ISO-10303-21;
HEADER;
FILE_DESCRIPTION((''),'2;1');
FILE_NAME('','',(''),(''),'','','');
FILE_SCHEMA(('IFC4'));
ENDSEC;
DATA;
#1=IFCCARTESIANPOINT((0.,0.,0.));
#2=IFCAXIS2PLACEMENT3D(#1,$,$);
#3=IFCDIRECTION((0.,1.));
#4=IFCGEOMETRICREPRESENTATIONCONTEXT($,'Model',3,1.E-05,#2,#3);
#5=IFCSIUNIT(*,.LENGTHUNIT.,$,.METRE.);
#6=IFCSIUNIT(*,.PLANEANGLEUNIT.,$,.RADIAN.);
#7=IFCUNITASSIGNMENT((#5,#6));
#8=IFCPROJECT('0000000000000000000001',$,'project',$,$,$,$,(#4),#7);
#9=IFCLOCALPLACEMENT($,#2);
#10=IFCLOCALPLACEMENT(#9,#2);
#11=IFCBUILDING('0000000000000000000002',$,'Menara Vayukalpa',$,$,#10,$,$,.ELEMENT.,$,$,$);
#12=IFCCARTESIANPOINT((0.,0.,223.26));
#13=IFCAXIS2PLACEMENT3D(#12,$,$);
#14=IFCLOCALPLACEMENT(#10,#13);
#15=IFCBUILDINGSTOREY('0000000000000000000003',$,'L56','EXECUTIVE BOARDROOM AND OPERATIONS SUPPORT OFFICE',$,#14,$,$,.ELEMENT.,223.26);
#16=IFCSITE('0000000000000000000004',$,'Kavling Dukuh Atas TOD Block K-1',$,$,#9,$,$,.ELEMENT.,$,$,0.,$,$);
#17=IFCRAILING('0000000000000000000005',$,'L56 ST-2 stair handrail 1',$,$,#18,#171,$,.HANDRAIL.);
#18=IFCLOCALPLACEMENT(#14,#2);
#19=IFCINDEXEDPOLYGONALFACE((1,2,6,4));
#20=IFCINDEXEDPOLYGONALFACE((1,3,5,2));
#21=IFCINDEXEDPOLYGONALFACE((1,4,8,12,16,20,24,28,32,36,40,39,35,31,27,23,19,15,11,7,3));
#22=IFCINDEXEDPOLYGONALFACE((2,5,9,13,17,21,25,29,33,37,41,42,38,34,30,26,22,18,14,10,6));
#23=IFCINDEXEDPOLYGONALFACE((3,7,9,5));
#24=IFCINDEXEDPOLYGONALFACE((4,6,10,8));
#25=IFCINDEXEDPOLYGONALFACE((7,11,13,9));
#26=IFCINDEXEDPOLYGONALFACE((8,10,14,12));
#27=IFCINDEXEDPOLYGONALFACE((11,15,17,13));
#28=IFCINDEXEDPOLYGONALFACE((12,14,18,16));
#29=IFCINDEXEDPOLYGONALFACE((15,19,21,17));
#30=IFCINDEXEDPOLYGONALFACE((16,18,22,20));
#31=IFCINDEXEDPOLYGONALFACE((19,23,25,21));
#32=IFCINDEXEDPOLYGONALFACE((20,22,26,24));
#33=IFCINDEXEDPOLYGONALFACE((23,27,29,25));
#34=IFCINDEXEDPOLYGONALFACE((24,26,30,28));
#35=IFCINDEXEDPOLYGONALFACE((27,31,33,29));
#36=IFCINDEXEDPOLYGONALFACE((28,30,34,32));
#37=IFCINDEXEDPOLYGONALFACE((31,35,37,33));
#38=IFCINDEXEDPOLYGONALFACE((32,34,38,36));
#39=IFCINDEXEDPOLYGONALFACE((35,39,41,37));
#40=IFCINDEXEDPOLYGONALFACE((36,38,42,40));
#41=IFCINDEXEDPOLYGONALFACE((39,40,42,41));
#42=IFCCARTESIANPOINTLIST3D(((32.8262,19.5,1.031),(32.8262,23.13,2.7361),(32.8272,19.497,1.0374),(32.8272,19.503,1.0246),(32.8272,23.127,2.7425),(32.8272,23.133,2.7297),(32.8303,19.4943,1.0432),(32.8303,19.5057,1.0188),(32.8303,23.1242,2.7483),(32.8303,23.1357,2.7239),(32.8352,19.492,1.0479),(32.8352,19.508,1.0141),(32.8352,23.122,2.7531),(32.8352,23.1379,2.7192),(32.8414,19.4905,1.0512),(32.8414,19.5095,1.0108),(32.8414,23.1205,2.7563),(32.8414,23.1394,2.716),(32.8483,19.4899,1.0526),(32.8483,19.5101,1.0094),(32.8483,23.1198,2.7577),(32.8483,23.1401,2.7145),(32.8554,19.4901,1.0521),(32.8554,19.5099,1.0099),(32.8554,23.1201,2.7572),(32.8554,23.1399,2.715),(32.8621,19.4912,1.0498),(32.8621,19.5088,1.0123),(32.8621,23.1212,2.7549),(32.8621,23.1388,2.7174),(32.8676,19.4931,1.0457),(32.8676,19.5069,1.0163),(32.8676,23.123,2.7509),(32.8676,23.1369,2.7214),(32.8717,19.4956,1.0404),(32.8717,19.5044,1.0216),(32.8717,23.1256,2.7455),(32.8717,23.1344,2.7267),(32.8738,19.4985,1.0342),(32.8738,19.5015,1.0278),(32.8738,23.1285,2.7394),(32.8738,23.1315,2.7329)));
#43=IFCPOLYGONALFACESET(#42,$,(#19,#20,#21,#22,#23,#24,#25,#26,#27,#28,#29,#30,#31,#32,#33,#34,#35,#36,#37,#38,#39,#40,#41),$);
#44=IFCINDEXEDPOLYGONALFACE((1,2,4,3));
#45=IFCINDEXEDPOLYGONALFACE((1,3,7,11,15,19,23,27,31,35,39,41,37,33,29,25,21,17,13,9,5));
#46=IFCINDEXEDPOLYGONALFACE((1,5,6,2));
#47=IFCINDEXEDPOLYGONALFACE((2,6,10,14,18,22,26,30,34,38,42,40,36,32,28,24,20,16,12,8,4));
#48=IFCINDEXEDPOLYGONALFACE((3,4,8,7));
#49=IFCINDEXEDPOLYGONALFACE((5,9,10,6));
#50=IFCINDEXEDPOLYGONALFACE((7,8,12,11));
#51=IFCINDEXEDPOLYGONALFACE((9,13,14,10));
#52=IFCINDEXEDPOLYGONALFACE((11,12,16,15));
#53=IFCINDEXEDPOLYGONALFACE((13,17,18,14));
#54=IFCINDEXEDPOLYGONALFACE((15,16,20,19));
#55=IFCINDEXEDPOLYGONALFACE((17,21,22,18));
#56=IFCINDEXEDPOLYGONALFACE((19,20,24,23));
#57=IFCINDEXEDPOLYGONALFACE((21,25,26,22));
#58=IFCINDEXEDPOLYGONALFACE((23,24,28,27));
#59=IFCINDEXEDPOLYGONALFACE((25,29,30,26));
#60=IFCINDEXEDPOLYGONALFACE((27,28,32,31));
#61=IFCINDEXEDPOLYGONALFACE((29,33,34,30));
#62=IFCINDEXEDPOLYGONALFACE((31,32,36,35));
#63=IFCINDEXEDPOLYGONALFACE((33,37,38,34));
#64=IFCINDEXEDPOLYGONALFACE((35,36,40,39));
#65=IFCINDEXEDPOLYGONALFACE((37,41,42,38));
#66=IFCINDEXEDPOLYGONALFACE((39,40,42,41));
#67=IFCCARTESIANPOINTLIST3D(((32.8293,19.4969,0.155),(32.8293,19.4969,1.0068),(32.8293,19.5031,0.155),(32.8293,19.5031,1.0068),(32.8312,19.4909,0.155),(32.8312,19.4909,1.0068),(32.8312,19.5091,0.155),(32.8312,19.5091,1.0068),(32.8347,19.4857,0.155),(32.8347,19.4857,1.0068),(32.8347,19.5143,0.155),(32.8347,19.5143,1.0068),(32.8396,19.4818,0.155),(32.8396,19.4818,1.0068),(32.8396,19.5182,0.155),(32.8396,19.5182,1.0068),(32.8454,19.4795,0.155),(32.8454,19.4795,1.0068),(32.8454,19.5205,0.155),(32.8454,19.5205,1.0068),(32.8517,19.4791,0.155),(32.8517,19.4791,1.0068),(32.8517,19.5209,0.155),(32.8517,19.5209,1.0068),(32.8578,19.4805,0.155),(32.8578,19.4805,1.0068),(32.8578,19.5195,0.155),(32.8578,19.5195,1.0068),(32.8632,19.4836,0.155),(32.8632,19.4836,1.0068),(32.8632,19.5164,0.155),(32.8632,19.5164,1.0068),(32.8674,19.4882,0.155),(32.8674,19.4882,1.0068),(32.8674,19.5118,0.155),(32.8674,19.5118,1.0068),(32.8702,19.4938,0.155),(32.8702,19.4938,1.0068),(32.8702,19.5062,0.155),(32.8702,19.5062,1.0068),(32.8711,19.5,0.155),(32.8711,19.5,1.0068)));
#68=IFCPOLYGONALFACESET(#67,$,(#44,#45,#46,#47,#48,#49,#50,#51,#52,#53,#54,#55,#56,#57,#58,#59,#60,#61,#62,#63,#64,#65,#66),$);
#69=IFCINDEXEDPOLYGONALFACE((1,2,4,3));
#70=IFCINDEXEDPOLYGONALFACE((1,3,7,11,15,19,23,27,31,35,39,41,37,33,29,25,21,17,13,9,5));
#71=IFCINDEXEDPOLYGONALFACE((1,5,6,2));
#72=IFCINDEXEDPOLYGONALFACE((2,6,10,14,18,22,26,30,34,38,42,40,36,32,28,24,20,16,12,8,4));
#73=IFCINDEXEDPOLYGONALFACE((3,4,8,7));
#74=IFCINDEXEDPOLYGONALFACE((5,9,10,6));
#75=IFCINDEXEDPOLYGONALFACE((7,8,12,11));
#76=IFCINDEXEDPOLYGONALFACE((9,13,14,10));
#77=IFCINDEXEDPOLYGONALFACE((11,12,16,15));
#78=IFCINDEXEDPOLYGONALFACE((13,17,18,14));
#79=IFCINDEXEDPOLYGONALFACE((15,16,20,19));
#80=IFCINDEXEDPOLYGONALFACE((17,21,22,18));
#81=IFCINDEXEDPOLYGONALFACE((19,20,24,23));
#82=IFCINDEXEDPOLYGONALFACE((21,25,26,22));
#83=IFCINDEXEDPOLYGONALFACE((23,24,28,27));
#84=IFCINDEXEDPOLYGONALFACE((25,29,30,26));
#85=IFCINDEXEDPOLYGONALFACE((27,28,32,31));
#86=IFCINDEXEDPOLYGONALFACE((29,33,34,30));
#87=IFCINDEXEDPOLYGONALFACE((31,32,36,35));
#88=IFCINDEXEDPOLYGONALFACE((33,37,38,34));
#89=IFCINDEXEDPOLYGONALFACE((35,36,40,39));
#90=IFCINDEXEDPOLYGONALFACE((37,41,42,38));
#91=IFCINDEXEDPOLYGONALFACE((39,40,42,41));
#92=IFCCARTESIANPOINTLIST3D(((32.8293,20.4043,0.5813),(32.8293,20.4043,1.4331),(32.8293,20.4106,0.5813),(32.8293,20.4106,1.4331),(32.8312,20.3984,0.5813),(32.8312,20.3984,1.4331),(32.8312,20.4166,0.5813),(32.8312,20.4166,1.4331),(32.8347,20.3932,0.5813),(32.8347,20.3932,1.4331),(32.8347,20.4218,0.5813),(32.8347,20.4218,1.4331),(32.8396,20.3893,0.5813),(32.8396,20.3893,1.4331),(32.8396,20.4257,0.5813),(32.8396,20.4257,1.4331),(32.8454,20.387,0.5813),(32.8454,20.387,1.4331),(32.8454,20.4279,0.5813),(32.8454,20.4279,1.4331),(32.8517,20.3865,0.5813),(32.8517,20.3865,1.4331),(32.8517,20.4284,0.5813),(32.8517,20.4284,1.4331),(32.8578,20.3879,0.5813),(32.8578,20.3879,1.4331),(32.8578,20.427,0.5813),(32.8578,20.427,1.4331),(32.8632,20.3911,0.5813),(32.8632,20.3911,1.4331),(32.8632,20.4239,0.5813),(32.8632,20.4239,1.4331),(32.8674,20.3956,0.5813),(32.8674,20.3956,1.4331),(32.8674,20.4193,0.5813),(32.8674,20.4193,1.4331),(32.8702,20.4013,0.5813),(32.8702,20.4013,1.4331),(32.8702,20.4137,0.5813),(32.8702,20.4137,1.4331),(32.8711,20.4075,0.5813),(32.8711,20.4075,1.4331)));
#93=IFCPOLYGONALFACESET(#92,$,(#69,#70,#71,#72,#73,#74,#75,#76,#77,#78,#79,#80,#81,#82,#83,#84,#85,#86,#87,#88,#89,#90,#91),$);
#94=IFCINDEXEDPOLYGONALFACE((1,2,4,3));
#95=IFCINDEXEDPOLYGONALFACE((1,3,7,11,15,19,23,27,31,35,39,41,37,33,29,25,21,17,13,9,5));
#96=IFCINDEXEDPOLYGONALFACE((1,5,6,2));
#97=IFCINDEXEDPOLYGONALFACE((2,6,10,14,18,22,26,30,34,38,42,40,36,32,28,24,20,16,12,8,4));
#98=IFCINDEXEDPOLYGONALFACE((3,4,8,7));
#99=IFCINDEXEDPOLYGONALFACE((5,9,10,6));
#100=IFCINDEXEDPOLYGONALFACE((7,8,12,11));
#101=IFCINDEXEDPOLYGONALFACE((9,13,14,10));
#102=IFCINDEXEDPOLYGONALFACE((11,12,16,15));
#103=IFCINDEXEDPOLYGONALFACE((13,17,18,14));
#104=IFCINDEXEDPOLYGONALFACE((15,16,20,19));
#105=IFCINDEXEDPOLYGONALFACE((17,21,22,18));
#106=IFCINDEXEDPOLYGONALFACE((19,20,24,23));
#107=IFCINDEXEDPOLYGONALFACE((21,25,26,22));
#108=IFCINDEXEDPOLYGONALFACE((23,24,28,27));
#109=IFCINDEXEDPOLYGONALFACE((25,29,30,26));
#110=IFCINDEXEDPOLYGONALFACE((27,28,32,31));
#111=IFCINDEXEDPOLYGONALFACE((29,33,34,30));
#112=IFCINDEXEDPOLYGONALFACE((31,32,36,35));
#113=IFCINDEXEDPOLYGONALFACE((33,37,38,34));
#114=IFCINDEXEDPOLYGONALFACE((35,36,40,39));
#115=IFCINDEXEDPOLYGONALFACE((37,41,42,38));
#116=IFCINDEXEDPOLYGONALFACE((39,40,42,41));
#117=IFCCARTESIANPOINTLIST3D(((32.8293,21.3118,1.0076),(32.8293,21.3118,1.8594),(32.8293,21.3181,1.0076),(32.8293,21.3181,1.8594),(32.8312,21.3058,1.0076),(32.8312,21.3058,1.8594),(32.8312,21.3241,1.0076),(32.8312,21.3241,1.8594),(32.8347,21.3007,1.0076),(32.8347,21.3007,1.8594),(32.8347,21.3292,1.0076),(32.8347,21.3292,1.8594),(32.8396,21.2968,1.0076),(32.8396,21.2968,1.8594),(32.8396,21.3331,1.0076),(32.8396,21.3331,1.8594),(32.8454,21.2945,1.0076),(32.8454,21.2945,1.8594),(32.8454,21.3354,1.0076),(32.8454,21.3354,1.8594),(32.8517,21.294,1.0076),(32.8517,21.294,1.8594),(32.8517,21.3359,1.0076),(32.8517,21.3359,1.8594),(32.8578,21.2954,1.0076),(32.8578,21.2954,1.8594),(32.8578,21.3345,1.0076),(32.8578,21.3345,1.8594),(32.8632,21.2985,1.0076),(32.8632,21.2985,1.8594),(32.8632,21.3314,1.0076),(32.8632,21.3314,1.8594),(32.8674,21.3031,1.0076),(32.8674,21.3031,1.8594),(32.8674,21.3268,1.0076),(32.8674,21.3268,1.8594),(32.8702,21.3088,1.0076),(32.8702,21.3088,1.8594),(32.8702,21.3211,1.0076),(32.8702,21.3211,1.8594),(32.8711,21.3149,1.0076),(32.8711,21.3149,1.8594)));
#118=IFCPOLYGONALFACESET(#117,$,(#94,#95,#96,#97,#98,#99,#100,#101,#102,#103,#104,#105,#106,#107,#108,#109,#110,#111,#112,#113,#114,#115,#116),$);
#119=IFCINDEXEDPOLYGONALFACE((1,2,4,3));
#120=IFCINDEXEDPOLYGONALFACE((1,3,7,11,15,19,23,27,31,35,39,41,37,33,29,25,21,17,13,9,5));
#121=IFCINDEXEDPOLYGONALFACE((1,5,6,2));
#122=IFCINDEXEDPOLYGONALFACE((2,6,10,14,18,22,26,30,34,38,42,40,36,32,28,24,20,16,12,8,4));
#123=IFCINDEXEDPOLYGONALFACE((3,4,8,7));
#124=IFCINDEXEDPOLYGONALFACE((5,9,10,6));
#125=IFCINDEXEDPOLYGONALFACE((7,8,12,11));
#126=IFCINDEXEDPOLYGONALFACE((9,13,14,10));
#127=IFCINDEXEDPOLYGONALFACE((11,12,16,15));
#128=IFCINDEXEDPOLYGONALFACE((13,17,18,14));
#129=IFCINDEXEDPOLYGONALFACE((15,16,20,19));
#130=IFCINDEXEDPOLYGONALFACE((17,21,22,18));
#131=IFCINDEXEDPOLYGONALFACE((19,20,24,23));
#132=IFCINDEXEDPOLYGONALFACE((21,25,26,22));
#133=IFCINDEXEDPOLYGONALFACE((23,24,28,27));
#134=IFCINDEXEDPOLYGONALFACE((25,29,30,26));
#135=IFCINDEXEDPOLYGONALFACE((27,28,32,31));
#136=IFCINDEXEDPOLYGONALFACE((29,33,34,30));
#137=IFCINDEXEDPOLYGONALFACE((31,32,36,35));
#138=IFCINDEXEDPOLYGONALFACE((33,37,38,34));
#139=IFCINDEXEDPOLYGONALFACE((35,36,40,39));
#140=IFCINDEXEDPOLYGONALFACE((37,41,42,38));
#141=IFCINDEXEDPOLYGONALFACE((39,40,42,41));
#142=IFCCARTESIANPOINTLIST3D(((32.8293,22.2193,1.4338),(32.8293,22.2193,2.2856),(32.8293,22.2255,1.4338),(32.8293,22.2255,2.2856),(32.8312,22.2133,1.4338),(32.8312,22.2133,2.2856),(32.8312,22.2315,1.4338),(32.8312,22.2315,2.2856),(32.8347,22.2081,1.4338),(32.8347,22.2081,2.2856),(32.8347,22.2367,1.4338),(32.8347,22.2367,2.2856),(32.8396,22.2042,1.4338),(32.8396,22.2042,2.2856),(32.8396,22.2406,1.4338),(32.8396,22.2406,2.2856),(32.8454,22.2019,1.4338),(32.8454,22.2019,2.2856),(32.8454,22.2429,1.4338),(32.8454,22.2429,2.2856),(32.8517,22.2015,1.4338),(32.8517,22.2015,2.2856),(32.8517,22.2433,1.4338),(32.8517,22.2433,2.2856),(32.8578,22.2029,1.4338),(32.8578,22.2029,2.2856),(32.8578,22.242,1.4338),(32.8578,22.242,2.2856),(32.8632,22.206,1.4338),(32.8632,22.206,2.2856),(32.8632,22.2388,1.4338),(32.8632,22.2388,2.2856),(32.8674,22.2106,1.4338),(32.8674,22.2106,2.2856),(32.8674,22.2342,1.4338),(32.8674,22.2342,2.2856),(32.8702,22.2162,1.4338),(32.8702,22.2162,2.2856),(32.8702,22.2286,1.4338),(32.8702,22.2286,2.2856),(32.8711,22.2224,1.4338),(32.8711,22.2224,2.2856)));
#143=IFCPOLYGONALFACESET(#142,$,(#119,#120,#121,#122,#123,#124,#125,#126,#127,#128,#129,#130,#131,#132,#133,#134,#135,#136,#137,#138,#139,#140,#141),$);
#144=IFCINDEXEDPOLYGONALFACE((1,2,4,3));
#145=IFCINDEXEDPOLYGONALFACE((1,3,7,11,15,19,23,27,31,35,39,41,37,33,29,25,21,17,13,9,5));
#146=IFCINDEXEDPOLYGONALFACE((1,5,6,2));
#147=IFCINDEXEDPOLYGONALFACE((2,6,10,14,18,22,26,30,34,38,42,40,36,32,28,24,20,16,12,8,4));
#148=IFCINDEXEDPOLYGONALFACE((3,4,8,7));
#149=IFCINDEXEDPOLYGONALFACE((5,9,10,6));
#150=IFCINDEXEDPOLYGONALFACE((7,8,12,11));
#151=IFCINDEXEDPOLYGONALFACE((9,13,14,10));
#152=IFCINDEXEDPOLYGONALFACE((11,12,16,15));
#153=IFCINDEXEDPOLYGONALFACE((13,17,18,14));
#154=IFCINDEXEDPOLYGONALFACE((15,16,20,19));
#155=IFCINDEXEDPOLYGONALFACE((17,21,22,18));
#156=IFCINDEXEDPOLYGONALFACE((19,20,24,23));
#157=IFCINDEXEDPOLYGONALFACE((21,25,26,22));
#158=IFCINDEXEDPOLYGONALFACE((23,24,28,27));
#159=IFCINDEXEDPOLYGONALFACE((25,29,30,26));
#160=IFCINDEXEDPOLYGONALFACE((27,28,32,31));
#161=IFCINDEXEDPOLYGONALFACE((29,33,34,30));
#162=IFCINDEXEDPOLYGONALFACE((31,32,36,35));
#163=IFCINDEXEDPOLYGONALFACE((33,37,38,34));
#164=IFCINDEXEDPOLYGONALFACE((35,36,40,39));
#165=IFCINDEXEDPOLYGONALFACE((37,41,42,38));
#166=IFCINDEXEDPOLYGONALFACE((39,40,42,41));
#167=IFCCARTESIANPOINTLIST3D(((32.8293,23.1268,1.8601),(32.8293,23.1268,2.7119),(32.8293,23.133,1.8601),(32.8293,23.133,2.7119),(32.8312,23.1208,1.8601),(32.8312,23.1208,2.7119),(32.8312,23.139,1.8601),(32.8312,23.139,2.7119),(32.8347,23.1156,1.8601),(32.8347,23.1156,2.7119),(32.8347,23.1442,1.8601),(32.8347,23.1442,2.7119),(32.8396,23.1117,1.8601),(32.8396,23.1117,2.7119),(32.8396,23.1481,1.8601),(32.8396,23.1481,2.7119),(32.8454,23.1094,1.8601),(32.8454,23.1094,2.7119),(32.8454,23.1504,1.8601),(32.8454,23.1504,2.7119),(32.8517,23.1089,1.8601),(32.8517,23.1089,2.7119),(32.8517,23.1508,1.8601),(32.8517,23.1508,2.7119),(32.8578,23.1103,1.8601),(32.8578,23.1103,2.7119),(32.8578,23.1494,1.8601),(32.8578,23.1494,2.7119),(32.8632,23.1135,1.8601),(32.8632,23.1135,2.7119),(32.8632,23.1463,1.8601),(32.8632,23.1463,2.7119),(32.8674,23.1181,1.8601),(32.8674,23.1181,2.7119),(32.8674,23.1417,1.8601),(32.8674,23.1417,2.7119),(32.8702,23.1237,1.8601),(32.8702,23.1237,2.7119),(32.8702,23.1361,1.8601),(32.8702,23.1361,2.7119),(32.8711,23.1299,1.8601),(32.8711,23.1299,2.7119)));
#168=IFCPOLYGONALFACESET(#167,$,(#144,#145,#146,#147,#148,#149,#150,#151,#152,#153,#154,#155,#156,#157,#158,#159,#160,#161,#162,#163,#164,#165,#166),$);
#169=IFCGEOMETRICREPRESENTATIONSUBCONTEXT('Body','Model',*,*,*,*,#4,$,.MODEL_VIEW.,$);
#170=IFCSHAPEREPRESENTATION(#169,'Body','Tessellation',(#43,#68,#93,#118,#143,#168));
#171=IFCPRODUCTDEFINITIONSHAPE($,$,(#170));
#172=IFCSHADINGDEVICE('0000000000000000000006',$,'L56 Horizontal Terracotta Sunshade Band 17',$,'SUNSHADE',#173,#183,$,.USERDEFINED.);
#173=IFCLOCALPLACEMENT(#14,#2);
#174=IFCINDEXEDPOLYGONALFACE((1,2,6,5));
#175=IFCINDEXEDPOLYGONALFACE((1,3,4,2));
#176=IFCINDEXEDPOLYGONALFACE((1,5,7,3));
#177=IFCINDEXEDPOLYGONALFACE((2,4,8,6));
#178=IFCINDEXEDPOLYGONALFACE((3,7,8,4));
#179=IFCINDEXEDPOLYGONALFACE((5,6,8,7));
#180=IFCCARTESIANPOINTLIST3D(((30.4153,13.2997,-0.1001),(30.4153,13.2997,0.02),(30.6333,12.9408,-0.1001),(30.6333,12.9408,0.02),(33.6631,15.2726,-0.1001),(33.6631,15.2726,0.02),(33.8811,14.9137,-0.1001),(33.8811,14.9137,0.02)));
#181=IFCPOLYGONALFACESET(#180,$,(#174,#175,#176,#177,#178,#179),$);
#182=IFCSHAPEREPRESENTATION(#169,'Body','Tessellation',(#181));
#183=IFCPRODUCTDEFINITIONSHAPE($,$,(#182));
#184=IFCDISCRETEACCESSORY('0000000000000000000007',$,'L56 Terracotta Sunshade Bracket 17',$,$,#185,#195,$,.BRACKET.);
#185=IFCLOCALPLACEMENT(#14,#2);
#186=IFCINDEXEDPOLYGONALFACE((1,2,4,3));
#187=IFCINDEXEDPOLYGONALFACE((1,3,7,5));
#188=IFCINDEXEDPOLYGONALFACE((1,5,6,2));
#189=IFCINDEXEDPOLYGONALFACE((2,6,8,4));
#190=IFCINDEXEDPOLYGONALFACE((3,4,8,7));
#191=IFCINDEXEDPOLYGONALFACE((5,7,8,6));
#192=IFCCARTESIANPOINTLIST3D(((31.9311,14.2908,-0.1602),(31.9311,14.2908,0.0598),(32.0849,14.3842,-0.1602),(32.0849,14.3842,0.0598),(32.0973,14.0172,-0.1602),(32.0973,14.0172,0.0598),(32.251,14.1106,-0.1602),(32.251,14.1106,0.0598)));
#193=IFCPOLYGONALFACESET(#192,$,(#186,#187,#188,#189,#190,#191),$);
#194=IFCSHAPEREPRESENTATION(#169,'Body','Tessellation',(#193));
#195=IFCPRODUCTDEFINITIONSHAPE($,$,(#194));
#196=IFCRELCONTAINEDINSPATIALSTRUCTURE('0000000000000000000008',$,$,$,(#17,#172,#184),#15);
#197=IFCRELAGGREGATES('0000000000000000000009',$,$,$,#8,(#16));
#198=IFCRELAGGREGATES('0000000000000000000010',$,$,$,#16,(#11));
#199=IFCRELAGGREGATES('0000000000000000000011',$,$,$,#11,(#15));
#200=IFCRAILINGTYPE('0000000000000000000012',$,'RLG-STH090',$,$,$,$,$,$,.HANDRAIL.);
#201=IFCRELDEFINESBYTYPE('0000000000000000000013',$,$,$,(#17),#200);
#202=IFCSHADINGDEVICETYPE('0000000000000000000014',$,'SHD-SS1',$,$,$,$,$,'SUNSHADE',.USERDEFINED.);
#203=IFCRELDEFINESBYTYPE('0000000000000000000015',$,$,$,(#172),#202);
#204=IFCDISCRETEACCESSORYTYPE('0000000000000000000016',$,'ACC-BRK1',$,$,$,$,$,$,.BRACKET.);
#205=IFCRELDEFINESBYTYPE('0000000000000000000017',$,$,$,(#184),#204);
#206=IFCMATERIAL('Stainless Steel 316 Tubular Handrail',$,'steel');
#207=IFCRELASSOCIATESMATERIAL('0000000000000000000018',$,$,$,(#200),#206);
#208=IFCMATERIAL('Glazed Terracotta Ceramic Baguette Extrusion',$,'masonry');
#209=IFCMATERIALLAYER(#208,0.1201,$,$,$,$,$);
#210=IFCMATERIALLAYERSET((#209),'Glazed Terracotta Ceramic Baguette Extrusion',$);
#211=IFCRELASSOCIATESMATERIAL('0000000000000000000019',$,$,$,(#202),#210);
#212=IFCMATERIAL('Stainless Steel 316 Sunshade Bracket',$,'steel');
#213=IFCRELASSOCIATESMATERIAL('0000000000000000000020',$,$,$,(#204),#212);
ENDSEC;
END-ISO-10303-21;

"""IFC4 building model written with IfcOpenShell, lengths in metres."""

from ifc_helpers import new_model, si_unit, direction, frame, origin, origin_2d, place, context, subcontext, project, spatial, rectangle, circle, extrude, material, layer, layer_set, type_object, element, save


model = new_model("IFC4")

# Units and contexts
model_context = context("Model", 3, precision=1e-05, world=origin(), true_north=direction((0.0, 1.0)))
body_context = subcontext(model_context, "Body", "Model", "MODEL_VIEW")
ifc_project = project(units=[si_unit("LENGTHUNIT", "METRE"), si_unit("PLANEANGLEUNIT", "RADIAN")], contexts=[model_context])

# Site, building, storey
site_placement = place(None, origin())
site = spatial("IfcSite", under=ifc_project, at=site_placement, Name="Kavling Dukuh Atas TOD Block K-1", CompositionType="ELEMENT", RefElevation=0.0)
building_placement = place(site_placement, origin())
building = spatial("IfcBuilding", under=site, at=building_placement, Name="Menara Vayukalpa", CompositionType="ELEMENT")
storey_placement = place(building_placement, frame((0.0, 0.0, 223.26)))
storey = spatial("IfcBuildingStorey", under=building, at=storey_placement, Name="L56", Description="EXECUTIVE BOARDROOM AND OPERATIONS SUPPORT OFFICE", CompositionType="ELEMENT", Elevation=223.26)

# Railing
ifc_material_1 = material(Name="Stainless Steel 316 Tubular Handrail", Category="steel")
railing_type_1 = type_object("IfcRailingType", Name="RLG-STH090", PredefinedType="HANDRAIL", material=ifc_material_1)
railing_1_placement = place(storey_placement, frame((32.8501, 19.5, 0.155)))
element("IfcRailing", 1, at=railing_1_placement, inside=storey, type_object=railing_type_1, Name="L56 ST-2 stair handrail 1", PredefinedType="HANDRAIL", context=body_context, shape_type="SweptSolid", body=[
    extrude(circle(Radius=0.0239, at=origin_2d()), frame((0.0, 0.0, 0.876), z_axis=(0.0, 0.905116, 0.425164), x_axis=(-1.0, 0.0, 0.0)), (0.0, 0.0, 1.0), 4.0105),
    extrude(circle(Radius=0.021, at=origin_2d()), origin(), (0.0, 0.0, 1.0), 0.8518),
    extrude(circle(Radius=0.021, at=origin_2d()), frame((0.0, 0.9075, 0.4263)), (0.0, 0.0, 1.0), 0.8518),
    extrude(circle(Radius=0.021, at=origin_2d()), frame((0.0, 1.8149, 0.8525)), (0.0, 0.0, 1.0), 0.8518),
    extrude(circle(Radius=0.021, at=origin_2d()), frame((0.0, 2.7224, 1.2788)), (0.0, 0.0, 1.0), 0.8518),
    extrude(circle(Radius=0.021, at=origin_2d()), frame((0.0, 3.6299, 1.7051)), (0.0, 0.0, 1.0), 0.8518),
])

# Shading device
ifc_material_2 = material(Name="Glazed Terracotta Ceramic Baguette Extrusion", Category="masonry")
ifc_layer_1 = layer(ifc_material_2, 0.1201)
ifc_layer_set_1 = layer_set([ifc_layer_1], Name="Glazed Terracotta Ceramic Baguette Extrusion")
shading_device_type = type_object("IfcShadingDeviceType", Name="SHD-SS1", ElementType="SUNSHADE", PredefinedType="USERDEFINED", material=ifc_layer_set_1)
shading_device_placement = place(storey_placement, frame((32.1482, 14.1067, -0.1001), z_axis=(0.0, 0.0, 1.0), x_axis=(0.854667, 0.519176, 0.0)))
element("IfcShadingDevice", 2, at=shading_device_placement, inside=storey, type_object=shading_device_type, Name="L56 Horizontal Terracotta Sunshade Band 17", ObjectType="SUNSHADE", PredefinedType="USERDEFINED", context=body_context, shape_type="SweptSolid", body=[
    extrude(rectangle(XDim=3.8, YDim=0.4199, at=origin_2d()), origin(), (0.0, 0.0, 1.0), 0.1201),
])

# Discrete accessory
ifc_material_3 = material(Name="Stainless Steel 316 Sunshade Bracket", Category="steel")
discrete_accessory_type = type_object("IfcDiscreteAccessoryType", Name="ACC-BRK1", PredefinedType="BRACKET", material=ifc_material_3)
discrete_accessory_placement = place(storey_placement, frame((32.0911, 14.2007, -0.1602), z_axis=(0.0, 0.0, 1.0), x_axis=(0.854667, 0.519176, 0.0)))
element("IfcDiscreteAccessory", 3, at=discrete_accessory_placement, inside=storey, type_object=discrete_accessory_type, Name="L56 Terracotta Sunshade Bracket 17", PredefinedType="BRACKET", context=body_context, shape_type="SweptSolid", body=[
    extrude(rectangle(XDim=0.1799, YDim=0.3201, at=origin_2d()), origin(), (0.0, 0.0, 1.0), 0.22),
])

save(model, "model.ifc")
